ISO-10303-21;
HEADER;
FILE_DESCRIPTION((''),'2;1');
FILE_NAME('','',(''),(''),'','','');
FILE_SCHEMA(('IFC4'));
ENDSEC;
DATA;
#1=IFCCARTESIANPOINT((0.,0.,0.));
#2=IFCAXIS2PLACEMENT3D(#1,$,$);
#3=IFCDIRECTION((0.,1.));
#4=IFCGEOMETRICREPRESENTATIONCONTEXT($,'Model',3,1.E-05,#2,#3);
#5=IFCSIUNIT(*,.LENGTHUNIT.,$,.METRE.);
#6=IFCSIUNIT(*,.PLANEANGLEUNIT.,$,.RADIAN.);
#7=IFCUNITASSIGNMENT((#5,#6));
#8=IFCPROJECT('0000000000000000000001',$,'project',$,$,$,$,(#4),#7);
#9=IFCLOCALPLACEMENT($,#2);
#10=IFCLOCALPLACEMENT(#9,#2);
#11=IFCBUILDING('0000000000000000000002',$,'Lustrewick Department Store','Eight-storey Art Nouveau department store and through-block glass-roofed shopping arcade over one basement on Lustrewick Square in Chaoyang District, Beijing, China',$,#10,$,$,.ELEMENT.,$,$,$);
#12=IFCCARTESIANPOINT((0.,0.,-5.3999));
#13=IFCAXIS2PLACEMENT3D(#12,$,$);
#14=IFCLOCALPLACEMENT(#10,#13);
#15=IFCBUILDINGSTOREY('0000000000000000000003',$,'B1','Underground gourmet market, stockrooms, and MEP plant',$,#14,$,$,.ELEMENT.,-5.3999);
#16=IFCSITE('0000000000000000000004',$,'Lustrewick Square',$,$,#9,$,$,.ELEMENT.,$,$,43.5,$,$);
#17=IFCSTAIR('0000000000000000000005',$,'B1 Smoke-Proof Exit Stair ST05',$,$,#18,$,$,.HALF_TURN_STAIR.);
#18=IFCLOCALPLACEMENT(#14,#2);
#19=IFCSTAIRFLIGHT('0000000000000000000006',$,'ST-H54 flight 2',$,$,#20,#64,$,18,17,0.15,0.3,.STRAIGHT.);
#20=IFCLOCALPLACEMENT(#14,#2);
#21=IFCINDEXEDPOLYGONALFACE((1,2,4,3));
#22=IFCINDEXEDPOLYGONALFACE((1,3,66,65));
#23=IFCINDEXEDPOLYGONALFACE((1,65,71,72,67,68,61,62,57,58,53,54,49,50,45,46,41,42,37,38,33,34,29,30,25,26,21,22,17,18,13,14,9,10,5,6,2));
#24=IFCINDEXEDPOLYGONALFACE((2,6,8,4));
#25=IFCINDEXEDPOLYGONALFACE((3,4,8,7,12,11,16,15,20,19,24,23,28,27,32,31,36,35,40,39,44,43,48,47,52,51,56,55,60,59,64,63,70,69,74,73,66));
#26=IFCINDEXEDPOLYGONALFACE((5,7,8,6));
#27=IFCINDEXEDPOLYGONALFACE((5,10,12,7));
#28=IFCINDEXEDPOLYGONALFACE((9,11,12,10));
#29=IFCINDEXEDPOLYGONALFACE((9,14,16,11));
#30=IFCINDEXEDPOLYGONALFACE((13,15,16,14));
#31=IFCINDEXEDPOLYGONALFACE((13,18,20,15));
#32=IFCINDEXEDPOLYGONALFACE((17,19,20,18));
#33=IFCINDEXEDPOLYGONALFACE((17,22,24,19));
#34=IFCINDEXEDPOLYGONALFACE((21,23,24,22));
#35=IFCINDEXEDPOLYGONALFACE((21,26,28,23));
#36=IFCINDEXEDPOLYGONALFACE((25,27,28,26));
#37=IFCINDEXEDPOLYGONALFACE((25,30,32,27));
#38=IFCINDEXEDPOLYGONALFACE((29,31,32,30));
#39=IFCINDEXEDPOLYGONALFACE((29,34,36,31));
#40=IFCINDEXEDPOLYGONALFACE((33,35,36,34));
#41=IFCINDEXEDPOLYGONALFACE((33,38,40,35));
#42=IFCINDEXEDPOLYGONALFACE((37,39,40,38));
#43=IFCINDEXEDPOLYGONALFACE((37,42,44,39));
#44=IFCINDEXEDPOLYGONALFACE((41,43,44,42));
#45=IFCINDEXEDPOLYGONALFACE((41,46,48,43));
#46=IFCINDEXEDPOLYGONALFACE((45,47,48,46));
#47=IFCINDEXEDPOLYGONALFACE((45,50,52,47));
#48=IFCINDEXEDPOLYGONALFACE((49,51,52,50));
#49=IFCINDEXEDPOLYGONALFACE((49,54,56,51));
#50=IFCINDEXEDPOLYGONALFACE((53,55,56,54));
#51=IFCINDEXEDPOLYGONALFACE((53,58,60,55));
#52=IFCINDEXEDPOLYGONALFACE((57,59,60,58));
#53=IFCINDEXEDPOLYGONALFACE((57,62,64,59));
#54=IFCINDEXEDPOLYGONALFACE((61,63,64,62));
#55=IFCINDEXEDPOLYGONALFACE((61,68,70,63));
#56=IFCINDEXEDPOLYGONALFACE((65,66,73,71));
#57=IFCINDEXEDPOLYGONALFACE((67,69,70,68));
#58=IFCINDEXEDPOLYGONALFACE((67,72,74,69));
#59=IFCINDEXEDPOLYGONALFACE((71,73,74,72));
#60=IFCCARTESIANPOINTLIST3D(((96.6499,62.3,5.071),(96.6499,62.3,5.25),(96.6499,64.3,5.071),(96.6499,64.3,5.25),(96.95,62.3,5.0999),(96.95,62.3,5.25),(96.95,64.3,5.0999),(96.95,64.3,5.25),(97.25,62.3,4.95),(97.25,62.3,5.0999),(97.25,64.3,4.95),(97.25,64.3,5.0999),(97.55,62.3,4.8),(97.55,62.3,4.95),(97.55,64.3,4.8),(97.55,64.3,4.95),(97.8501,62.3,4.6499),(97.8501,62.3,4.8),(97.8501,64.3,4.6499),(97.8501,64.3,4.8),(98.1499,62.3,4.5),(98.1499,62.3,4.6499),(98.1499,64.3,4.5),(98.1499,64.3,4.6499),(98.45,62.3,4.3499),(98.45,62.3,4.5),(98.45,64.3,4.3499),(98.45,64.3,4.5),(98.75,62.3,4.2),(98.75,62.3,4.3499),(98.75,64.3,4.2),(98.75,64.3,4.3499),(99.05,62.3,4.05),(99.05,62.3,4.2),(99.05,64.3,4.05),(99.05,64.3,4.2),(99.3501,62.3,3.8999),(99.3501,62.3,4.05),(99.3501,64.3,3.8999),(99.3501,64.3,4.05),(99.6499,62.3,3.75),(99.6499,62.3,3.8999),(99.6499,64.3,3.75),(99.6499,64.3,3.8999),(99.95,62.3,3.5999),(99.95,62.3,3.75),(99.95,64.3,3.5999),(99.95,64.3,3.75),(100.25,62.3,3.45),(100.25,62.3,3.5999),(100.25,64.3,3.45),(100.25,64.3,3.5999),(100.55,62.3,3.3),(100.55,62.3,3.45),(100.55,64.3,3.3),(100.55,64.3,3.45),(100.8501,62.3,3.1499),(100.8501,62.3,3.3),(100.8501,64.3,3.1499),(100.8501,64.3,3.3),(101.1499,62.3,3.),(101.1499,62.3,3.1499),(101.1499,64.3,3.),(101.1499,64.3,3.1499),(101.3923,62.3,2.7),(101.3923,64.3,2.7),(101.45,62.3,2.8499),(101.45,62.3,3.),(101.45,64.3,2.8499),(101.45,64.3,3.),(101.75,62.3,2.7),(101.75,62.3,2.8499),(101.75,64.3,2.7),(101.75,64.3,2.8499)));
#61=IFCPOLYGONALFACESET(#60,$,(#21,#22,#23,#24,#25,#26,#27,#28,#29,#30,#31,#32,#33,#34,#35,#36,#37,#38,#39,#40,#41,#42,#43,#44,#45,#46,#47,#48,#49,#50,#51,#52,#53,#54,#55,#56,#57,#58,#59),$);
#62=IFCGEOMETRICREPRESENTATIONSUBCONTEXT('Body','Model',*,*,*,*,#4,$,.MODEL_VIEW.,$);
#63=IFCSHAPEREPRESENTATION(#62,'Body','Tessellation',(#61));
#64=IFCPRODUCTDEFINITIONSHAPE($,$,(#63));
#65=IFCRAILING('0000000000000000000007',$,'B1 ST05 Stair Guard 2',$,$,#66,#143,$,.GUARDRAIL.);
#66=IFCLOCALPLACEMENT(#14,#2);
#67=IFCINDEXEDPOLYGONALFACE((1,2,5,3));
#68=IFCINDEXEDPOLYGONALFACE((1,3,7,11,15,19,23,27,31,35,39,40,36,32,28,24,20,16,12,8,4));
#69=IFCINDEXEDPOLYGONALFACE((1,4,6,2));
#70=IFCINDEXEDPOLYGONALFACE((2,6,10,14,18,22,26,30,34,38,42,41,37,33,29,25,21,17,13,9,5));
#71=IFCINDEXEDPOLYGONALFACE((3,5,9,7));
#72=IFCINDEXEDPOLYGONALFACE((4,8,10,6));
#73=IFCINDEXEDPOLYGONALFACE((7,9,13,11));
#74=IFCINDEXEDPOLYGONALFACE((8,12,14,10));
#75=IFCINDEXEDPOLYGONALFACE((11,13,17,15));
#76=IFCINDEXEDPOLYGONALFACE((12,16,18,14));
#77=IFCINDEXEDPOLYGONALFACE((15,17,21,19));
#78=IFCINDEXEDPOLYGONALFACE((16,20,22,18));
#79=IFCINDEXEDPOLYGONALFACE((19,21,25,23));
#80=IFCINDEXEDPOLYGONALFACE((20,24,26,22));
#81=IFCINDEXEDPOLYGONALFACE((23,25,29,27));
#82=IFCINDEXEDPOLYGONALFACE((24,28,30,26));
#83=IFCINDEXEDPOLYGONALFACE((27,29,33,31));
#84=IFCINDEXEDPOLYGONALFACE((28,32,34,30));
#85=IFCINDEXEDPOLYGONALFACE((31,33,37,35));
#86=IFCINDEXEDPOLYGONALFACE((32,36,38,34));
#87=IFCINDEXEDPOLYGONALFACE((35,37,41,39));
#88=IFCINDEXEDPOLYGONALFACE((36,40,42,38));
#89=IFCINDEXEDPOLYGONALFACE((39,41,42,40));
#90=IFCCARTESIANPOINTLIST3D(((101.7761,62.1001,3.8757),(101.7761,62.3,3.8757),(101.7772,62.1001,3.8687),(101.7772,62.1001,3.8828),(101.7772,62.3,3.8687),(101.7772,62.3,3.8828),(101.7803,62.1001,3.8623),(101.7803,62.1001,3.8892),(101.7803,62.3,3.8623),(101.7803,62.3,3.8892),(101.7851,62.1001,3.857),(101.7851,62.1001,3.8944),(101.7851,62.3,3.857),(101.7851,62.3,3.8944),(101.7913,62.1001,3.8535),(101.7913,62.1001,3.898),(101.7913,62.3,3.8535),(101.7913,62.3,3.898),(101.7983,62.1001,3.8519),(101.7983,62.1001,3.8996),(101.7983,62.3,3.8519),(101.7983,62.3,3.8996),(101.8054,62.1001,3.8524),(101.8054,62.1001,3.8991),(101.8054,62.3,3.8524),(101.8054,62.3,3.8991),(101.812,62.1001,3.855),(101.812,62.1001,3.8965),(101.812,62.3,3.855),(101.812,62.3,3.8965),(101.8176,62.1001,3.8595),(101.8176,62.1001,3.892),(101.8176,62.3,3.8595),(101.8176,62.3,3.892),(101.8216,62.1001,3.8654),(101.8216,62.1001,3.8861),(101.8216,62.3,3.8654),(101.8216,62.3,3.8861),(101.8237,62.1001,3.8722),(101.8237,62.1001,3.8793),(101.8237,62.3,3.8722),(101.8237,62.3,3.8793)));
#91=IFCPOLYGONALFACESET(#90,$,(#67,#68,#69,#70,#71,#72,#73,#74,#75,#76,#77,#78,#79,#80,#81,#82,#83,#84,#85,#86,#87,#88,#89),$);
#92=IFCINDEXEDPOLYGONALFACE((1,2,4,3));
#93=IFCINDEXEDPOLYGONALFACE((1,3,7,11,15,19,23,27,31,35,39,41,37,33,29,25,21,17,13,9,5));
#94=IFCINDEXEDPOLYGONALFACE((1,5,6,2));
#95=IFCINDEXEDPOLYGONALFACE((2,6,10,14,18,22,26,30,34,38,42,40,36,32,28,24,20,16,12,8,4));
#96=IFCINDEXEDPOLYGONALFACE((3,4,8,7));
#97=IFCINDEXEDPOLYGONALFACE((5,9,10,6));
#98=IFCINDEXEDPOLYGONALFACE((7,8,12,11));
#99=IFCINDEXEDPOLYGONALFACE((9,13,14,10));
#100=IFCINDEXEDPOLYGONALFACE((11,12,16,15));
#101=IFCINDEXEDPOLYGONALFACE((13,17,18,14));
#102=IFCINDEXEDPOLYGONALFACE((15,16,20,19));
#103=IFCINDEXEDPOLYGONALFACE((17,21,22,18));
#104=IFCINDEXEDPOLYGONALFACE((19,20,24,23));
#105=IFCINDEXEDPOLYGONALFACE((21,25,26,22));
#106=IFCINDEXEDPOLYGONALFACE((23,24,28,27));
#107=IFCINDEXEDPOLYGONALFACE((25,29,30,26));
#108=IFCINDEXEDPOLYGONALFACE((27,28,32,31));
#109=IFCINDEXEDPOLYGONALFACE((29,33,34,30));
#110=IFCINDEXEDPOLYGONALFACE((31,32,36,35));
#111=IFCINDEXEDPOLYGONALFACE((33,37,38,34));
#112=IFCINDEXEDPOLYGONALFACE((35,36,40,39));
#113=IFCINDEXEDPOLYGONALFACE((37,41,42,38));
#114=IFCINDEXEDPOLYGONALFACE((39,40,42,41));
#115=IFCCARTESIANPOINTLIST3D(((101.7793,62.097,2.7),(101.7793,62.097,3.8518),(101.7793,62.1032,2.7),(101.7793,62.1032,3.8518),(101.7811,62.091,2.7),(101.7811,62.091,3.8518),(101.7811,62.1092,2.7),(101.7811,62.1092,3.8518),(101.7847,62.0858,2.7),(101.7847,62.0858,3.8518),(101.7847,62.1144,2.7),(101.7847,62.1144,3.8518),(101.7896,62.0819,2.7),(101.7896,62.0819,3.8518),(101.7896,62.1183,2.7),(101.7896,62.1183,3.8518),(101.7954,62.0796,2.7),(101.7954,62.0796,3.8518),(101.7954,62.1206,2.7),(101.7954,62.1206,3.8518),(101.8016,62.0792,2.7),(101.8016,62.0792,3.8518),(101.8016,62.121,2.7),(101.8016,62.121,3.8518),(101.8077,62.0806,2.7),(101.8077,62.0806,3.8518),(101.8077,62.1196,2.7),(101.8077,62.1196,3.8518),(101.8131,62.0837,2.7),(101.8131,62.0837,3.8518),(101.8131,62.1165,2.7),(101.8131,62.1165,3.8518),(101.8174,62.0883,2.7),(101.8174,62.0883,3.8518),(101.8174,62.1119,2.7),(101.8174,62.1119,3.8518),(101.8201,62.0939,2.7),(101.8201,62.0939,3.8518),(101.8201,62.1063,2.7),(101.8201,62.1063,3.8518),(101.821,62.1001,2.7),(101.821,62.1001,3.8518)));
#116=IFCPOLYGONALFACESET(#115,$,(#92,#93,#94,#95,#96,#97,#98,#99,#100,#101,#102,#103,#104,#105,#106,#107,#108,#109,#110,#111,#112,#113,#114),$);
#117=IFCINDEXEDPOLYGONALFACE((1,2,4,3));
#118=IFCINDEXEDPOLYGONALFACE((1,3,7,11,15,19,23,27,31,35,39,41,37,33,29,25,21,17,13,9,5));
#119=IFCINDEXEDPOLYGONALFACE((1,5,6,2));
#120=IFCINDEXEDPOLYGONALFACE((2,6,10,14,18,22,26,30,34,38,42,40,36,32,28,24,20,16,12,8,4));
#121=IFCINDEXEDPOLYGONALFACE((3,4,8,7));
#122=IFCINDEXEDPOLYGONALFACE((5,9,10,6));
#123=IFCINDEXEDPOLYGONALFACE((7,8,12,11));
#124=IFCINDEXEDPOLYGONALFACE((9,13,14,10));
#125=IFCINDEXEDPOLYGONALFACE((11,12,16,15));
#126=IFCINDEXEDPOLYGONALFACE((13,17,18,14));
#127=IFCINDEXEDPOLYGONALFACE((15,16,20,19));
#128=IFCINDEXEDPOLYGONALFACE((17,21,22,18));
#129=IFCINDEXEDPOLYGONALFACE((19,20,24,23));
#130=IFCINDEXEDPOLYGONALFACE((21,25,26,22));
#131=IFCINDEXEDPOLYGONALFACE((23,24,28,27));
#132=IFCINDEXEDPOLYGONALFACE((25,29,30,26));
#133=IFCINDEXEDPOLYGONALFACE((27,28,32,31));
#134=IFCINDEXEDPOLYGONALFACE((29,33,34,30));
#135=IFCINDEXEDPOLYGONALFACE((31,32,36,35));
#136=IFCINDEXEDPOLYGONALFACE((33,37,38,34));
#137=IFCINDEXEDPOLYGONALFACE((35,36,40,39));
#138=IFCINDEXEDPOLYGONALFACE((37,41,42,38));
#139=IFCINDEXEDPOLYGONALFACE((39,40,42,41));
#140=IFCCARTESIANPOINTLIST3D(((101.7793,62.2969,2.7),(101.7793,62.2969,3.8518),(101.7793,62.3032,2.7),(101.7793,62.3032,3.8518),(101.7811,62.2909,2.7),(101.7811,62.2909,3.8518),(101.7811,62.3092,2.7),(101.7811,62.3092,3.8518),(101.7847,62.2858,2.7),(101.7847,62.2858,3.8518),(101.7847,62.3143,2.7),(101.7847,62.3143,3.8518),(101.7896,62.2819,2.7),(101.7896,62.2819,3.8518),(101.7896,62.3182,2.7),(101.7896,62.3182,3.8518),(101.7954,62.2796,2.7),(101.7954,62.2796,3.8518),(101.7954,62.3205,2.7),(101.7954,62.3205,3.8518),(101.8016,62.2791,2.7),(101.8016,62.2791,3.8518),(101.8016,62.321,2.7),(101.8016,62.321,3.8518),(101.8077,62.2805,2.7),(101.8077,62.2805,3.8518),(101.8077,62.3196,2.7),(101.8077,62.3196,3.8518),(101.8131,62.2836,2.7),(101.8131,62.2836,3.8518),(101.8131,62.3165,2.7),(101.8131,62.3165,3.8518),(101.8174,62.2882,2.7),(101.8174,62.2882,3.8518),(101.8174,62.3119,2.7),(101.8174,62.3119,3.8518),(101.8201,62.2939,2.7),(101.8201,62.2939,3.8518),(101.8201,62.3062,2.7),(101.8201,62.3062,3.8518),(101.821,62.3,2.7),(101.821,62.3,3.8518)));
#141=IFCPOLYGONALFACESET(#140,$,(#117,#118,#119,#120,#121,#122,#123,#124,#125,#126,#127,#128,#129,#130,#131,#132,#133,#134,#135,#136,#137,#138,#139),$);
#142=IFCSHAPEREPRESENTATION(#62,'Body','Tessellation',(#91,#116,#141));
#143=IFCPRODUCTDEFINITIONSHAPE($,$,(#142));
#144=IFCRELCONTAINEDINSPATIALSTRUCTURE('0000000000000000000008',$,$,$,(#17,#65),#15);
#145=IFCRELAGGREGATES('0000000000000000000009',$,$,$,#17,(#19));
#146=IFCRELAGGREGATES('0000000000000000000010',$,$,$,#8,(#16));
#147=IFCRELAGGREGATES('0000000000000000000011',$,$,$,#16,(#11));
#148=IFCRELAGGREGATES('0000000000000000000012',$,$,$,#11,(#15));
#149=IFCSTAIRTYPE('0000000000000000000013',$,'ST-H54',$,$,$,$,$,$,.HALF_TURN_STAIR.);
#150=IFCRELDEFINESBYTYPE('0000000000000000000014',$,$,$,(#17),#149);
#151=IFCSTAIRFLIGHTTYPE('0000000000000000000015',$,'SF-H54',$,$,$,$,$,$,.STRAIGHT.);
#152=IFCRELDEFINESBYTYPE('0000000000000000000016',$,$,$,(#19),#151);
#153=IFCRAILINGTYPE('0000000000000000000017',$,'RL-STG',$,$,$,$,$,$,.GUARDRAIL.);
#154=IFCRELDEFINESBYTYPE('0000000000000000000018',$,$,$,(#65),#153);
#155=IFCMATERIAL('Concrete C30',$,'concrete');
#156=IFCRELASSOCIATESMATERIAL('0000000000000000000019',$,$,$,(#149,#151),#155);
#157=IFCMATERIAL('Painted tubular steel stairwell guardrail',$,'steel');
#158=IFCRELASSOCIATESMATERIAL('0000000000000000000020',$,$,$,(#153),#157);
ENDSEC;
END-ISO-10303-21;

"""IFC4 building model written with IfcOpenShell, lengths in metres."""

from ifc_helpers import new_model, si_unit, direction, frame, origin, origin_2d, place, context, subcontext, project, spatial, polyline, circle, outline, extrude, material, type_object, element, aggregate, save


model = new_model("IFC4")

# Units and contexts
model_context = context("Model", 3, precision=1e-05, world=origin(), true_north=direction((0.0, 1.0)))
body_context = subcontext(model_context, "Body", "Model", "MODEL_VIEW")
ifc_project = project(units=[si_unit("LENGTHUNIT", "METRE"), si_unit("PLANEANGLEUNIT", "RADIAN")], contexts=[model_context])

# Site, building, storey
site_placement = place(None, origin())
site = spatial("IfcSite", under=ifc_project, at=site_placement, Name="Lustrewick Square", CompositionType="ELEMENT", RefElevation=43.5)
building_placement = place(site_placement, origin())
building = spatial("IfcBuilding", under=site, at=building_placement, Name="Lustrewick Department Store", Description="Eight-storey Art Nouveau department store and through-block glass-roofed shopping arcade over one basement on Lustrewick Square in Chaoyang District, Beijing, China", CompositionType="ELEMENT")
storey_placement = place(building_placement, frame((0.0, 0.0, -5.3999)))
storey = spatial("IfcBuildingStorey", under=building, at=storey_placement, Name="B1", Description="Underground gourmet market, stockrooms, and MEP plant", CompositionType="ELEMENT", Elevation=-5.3999)

# Stair, stair flight
ifc_material_1 = material(Name="Concrete C30", Category="concrete")
stair_type = type_object("IfcStairType", Name="ST-H54", PredefinedType="HALF_TURN_STAIR", material=ifc_material_1)
stair_placement = place(storey_placement, origin())
stair = element("IfcStair", 1, at=stair_placement, inside=storey, type_object=stair_type, Name="B1 Smoke-Proof Exit Stair ST05", PredefinedType="HALF_TURN_STAIR")
stair_flight_type = type_object("IfcStairFlightType", Name="SF-H54", PredefinedType="STRAIGHT", material=ifc_material_1)
stair_flight_placement = place(storey_placement, frame((101.75, 63.3, 2.7), z_axis=(0.0, 0.0, 1.0), x_axis=(-1.0, 0.0, 0.0)))
stair_flight = element("IfcStairFlight", 2, at=stair_flight_placement, type_object=stair_flight_type, Name="ST-H54 flight 2", NumberOfRisers=18, NumberOfTreads=17, PredefinedType="STRAIGHT", RiserHeight=0.15, TreadLength=0.3, context=body_context, shape_type="SweptSolid", body=[
    extrude(outline(polyline([(0.0, 0.0), (0.0, 0.1499), (0.3, 0.1499), (0.3, 0.3), (0.6001, 0.3), (0.6001, 0.45), (0.8999, 0.45), (0.8999, 0.6001), (1.2, 0.6001), (1.2, 0.75), (1.5, 0.75), (1.5, 0.8999), (1.8, 0.8999), (1.8, 1.05), (2.1001, 1.05), (2.1001, 1.2), (2.3999, 1.2), (2.3999, 1.3501), (2.7, 1.3501), (2.7, 1.5), (3.0, 1.5), (3.0, 1.6499), (3.3, 1.6499), (3.3, 1.8), (3.6001, 1.8), (3.6001, 1.95), (3.8999, 1.95), (3.8999, 2.1001), (4.2, 2.1001), (4.2, 2.25), (4.5, 2.25), (4.5, 2.3999), (4.8, 2.3999), (4.8, 2.55), (5.1001, 2.55), (5.1001, 2.7), (5.1001, 2.3711), (0.3577, 0.0), (0.0, 0.0)])), frame((0.0, 1.0, 0.0), z_axis=(0.0, -1.0, 0.0), x_axis=(1.0, 0.0, 0.0)), (0.0, 0.0, 1.0), 2.0),
])
aggregate(stair, [stair_flight])

# Railing
ifc_material_2 = material(Name="Painted tubular steel stairwell guardrail", Category="steel")
railing_type_1 = type_object("IfcRailingType", Name="RL-STG", PredefinedType="GUARDRAIL", material=ifc_material_2)
railing_1_placement = place(storey_placement, frame((101.8, 62.1001, 2.7)))
element("IfcRailing", 3, at=railing_1_placement, inside=storey, type_object=railing_type_1, Name="B1 ST05 Stair Guard 2", PredefinedType="GUARDRAIL", context=body_context, shape_type="SweptSolid", body=[
    extrude(circle(Radius=0.0239, at=origin_2d()), frame((0.0, 0.0, 1.1758), z_axis=(0.0, 1.0, 0.0), x_axis=(-1.0, 0.0, 0.0)), (0.0, 0.0, 1.0), 0.2),
    extrude(circle(Radius=0.021, at=origin_2d()), origin(), (0.0, 0.0, 1.0), 1.1519),
    extrude(circle(Radius=0.021, at=origin_2d()), frame((0.0, 0.2, 0.0)), (0.0, 0.0, 1.0), 1.1519),
])

save(model, "model.ifc")
